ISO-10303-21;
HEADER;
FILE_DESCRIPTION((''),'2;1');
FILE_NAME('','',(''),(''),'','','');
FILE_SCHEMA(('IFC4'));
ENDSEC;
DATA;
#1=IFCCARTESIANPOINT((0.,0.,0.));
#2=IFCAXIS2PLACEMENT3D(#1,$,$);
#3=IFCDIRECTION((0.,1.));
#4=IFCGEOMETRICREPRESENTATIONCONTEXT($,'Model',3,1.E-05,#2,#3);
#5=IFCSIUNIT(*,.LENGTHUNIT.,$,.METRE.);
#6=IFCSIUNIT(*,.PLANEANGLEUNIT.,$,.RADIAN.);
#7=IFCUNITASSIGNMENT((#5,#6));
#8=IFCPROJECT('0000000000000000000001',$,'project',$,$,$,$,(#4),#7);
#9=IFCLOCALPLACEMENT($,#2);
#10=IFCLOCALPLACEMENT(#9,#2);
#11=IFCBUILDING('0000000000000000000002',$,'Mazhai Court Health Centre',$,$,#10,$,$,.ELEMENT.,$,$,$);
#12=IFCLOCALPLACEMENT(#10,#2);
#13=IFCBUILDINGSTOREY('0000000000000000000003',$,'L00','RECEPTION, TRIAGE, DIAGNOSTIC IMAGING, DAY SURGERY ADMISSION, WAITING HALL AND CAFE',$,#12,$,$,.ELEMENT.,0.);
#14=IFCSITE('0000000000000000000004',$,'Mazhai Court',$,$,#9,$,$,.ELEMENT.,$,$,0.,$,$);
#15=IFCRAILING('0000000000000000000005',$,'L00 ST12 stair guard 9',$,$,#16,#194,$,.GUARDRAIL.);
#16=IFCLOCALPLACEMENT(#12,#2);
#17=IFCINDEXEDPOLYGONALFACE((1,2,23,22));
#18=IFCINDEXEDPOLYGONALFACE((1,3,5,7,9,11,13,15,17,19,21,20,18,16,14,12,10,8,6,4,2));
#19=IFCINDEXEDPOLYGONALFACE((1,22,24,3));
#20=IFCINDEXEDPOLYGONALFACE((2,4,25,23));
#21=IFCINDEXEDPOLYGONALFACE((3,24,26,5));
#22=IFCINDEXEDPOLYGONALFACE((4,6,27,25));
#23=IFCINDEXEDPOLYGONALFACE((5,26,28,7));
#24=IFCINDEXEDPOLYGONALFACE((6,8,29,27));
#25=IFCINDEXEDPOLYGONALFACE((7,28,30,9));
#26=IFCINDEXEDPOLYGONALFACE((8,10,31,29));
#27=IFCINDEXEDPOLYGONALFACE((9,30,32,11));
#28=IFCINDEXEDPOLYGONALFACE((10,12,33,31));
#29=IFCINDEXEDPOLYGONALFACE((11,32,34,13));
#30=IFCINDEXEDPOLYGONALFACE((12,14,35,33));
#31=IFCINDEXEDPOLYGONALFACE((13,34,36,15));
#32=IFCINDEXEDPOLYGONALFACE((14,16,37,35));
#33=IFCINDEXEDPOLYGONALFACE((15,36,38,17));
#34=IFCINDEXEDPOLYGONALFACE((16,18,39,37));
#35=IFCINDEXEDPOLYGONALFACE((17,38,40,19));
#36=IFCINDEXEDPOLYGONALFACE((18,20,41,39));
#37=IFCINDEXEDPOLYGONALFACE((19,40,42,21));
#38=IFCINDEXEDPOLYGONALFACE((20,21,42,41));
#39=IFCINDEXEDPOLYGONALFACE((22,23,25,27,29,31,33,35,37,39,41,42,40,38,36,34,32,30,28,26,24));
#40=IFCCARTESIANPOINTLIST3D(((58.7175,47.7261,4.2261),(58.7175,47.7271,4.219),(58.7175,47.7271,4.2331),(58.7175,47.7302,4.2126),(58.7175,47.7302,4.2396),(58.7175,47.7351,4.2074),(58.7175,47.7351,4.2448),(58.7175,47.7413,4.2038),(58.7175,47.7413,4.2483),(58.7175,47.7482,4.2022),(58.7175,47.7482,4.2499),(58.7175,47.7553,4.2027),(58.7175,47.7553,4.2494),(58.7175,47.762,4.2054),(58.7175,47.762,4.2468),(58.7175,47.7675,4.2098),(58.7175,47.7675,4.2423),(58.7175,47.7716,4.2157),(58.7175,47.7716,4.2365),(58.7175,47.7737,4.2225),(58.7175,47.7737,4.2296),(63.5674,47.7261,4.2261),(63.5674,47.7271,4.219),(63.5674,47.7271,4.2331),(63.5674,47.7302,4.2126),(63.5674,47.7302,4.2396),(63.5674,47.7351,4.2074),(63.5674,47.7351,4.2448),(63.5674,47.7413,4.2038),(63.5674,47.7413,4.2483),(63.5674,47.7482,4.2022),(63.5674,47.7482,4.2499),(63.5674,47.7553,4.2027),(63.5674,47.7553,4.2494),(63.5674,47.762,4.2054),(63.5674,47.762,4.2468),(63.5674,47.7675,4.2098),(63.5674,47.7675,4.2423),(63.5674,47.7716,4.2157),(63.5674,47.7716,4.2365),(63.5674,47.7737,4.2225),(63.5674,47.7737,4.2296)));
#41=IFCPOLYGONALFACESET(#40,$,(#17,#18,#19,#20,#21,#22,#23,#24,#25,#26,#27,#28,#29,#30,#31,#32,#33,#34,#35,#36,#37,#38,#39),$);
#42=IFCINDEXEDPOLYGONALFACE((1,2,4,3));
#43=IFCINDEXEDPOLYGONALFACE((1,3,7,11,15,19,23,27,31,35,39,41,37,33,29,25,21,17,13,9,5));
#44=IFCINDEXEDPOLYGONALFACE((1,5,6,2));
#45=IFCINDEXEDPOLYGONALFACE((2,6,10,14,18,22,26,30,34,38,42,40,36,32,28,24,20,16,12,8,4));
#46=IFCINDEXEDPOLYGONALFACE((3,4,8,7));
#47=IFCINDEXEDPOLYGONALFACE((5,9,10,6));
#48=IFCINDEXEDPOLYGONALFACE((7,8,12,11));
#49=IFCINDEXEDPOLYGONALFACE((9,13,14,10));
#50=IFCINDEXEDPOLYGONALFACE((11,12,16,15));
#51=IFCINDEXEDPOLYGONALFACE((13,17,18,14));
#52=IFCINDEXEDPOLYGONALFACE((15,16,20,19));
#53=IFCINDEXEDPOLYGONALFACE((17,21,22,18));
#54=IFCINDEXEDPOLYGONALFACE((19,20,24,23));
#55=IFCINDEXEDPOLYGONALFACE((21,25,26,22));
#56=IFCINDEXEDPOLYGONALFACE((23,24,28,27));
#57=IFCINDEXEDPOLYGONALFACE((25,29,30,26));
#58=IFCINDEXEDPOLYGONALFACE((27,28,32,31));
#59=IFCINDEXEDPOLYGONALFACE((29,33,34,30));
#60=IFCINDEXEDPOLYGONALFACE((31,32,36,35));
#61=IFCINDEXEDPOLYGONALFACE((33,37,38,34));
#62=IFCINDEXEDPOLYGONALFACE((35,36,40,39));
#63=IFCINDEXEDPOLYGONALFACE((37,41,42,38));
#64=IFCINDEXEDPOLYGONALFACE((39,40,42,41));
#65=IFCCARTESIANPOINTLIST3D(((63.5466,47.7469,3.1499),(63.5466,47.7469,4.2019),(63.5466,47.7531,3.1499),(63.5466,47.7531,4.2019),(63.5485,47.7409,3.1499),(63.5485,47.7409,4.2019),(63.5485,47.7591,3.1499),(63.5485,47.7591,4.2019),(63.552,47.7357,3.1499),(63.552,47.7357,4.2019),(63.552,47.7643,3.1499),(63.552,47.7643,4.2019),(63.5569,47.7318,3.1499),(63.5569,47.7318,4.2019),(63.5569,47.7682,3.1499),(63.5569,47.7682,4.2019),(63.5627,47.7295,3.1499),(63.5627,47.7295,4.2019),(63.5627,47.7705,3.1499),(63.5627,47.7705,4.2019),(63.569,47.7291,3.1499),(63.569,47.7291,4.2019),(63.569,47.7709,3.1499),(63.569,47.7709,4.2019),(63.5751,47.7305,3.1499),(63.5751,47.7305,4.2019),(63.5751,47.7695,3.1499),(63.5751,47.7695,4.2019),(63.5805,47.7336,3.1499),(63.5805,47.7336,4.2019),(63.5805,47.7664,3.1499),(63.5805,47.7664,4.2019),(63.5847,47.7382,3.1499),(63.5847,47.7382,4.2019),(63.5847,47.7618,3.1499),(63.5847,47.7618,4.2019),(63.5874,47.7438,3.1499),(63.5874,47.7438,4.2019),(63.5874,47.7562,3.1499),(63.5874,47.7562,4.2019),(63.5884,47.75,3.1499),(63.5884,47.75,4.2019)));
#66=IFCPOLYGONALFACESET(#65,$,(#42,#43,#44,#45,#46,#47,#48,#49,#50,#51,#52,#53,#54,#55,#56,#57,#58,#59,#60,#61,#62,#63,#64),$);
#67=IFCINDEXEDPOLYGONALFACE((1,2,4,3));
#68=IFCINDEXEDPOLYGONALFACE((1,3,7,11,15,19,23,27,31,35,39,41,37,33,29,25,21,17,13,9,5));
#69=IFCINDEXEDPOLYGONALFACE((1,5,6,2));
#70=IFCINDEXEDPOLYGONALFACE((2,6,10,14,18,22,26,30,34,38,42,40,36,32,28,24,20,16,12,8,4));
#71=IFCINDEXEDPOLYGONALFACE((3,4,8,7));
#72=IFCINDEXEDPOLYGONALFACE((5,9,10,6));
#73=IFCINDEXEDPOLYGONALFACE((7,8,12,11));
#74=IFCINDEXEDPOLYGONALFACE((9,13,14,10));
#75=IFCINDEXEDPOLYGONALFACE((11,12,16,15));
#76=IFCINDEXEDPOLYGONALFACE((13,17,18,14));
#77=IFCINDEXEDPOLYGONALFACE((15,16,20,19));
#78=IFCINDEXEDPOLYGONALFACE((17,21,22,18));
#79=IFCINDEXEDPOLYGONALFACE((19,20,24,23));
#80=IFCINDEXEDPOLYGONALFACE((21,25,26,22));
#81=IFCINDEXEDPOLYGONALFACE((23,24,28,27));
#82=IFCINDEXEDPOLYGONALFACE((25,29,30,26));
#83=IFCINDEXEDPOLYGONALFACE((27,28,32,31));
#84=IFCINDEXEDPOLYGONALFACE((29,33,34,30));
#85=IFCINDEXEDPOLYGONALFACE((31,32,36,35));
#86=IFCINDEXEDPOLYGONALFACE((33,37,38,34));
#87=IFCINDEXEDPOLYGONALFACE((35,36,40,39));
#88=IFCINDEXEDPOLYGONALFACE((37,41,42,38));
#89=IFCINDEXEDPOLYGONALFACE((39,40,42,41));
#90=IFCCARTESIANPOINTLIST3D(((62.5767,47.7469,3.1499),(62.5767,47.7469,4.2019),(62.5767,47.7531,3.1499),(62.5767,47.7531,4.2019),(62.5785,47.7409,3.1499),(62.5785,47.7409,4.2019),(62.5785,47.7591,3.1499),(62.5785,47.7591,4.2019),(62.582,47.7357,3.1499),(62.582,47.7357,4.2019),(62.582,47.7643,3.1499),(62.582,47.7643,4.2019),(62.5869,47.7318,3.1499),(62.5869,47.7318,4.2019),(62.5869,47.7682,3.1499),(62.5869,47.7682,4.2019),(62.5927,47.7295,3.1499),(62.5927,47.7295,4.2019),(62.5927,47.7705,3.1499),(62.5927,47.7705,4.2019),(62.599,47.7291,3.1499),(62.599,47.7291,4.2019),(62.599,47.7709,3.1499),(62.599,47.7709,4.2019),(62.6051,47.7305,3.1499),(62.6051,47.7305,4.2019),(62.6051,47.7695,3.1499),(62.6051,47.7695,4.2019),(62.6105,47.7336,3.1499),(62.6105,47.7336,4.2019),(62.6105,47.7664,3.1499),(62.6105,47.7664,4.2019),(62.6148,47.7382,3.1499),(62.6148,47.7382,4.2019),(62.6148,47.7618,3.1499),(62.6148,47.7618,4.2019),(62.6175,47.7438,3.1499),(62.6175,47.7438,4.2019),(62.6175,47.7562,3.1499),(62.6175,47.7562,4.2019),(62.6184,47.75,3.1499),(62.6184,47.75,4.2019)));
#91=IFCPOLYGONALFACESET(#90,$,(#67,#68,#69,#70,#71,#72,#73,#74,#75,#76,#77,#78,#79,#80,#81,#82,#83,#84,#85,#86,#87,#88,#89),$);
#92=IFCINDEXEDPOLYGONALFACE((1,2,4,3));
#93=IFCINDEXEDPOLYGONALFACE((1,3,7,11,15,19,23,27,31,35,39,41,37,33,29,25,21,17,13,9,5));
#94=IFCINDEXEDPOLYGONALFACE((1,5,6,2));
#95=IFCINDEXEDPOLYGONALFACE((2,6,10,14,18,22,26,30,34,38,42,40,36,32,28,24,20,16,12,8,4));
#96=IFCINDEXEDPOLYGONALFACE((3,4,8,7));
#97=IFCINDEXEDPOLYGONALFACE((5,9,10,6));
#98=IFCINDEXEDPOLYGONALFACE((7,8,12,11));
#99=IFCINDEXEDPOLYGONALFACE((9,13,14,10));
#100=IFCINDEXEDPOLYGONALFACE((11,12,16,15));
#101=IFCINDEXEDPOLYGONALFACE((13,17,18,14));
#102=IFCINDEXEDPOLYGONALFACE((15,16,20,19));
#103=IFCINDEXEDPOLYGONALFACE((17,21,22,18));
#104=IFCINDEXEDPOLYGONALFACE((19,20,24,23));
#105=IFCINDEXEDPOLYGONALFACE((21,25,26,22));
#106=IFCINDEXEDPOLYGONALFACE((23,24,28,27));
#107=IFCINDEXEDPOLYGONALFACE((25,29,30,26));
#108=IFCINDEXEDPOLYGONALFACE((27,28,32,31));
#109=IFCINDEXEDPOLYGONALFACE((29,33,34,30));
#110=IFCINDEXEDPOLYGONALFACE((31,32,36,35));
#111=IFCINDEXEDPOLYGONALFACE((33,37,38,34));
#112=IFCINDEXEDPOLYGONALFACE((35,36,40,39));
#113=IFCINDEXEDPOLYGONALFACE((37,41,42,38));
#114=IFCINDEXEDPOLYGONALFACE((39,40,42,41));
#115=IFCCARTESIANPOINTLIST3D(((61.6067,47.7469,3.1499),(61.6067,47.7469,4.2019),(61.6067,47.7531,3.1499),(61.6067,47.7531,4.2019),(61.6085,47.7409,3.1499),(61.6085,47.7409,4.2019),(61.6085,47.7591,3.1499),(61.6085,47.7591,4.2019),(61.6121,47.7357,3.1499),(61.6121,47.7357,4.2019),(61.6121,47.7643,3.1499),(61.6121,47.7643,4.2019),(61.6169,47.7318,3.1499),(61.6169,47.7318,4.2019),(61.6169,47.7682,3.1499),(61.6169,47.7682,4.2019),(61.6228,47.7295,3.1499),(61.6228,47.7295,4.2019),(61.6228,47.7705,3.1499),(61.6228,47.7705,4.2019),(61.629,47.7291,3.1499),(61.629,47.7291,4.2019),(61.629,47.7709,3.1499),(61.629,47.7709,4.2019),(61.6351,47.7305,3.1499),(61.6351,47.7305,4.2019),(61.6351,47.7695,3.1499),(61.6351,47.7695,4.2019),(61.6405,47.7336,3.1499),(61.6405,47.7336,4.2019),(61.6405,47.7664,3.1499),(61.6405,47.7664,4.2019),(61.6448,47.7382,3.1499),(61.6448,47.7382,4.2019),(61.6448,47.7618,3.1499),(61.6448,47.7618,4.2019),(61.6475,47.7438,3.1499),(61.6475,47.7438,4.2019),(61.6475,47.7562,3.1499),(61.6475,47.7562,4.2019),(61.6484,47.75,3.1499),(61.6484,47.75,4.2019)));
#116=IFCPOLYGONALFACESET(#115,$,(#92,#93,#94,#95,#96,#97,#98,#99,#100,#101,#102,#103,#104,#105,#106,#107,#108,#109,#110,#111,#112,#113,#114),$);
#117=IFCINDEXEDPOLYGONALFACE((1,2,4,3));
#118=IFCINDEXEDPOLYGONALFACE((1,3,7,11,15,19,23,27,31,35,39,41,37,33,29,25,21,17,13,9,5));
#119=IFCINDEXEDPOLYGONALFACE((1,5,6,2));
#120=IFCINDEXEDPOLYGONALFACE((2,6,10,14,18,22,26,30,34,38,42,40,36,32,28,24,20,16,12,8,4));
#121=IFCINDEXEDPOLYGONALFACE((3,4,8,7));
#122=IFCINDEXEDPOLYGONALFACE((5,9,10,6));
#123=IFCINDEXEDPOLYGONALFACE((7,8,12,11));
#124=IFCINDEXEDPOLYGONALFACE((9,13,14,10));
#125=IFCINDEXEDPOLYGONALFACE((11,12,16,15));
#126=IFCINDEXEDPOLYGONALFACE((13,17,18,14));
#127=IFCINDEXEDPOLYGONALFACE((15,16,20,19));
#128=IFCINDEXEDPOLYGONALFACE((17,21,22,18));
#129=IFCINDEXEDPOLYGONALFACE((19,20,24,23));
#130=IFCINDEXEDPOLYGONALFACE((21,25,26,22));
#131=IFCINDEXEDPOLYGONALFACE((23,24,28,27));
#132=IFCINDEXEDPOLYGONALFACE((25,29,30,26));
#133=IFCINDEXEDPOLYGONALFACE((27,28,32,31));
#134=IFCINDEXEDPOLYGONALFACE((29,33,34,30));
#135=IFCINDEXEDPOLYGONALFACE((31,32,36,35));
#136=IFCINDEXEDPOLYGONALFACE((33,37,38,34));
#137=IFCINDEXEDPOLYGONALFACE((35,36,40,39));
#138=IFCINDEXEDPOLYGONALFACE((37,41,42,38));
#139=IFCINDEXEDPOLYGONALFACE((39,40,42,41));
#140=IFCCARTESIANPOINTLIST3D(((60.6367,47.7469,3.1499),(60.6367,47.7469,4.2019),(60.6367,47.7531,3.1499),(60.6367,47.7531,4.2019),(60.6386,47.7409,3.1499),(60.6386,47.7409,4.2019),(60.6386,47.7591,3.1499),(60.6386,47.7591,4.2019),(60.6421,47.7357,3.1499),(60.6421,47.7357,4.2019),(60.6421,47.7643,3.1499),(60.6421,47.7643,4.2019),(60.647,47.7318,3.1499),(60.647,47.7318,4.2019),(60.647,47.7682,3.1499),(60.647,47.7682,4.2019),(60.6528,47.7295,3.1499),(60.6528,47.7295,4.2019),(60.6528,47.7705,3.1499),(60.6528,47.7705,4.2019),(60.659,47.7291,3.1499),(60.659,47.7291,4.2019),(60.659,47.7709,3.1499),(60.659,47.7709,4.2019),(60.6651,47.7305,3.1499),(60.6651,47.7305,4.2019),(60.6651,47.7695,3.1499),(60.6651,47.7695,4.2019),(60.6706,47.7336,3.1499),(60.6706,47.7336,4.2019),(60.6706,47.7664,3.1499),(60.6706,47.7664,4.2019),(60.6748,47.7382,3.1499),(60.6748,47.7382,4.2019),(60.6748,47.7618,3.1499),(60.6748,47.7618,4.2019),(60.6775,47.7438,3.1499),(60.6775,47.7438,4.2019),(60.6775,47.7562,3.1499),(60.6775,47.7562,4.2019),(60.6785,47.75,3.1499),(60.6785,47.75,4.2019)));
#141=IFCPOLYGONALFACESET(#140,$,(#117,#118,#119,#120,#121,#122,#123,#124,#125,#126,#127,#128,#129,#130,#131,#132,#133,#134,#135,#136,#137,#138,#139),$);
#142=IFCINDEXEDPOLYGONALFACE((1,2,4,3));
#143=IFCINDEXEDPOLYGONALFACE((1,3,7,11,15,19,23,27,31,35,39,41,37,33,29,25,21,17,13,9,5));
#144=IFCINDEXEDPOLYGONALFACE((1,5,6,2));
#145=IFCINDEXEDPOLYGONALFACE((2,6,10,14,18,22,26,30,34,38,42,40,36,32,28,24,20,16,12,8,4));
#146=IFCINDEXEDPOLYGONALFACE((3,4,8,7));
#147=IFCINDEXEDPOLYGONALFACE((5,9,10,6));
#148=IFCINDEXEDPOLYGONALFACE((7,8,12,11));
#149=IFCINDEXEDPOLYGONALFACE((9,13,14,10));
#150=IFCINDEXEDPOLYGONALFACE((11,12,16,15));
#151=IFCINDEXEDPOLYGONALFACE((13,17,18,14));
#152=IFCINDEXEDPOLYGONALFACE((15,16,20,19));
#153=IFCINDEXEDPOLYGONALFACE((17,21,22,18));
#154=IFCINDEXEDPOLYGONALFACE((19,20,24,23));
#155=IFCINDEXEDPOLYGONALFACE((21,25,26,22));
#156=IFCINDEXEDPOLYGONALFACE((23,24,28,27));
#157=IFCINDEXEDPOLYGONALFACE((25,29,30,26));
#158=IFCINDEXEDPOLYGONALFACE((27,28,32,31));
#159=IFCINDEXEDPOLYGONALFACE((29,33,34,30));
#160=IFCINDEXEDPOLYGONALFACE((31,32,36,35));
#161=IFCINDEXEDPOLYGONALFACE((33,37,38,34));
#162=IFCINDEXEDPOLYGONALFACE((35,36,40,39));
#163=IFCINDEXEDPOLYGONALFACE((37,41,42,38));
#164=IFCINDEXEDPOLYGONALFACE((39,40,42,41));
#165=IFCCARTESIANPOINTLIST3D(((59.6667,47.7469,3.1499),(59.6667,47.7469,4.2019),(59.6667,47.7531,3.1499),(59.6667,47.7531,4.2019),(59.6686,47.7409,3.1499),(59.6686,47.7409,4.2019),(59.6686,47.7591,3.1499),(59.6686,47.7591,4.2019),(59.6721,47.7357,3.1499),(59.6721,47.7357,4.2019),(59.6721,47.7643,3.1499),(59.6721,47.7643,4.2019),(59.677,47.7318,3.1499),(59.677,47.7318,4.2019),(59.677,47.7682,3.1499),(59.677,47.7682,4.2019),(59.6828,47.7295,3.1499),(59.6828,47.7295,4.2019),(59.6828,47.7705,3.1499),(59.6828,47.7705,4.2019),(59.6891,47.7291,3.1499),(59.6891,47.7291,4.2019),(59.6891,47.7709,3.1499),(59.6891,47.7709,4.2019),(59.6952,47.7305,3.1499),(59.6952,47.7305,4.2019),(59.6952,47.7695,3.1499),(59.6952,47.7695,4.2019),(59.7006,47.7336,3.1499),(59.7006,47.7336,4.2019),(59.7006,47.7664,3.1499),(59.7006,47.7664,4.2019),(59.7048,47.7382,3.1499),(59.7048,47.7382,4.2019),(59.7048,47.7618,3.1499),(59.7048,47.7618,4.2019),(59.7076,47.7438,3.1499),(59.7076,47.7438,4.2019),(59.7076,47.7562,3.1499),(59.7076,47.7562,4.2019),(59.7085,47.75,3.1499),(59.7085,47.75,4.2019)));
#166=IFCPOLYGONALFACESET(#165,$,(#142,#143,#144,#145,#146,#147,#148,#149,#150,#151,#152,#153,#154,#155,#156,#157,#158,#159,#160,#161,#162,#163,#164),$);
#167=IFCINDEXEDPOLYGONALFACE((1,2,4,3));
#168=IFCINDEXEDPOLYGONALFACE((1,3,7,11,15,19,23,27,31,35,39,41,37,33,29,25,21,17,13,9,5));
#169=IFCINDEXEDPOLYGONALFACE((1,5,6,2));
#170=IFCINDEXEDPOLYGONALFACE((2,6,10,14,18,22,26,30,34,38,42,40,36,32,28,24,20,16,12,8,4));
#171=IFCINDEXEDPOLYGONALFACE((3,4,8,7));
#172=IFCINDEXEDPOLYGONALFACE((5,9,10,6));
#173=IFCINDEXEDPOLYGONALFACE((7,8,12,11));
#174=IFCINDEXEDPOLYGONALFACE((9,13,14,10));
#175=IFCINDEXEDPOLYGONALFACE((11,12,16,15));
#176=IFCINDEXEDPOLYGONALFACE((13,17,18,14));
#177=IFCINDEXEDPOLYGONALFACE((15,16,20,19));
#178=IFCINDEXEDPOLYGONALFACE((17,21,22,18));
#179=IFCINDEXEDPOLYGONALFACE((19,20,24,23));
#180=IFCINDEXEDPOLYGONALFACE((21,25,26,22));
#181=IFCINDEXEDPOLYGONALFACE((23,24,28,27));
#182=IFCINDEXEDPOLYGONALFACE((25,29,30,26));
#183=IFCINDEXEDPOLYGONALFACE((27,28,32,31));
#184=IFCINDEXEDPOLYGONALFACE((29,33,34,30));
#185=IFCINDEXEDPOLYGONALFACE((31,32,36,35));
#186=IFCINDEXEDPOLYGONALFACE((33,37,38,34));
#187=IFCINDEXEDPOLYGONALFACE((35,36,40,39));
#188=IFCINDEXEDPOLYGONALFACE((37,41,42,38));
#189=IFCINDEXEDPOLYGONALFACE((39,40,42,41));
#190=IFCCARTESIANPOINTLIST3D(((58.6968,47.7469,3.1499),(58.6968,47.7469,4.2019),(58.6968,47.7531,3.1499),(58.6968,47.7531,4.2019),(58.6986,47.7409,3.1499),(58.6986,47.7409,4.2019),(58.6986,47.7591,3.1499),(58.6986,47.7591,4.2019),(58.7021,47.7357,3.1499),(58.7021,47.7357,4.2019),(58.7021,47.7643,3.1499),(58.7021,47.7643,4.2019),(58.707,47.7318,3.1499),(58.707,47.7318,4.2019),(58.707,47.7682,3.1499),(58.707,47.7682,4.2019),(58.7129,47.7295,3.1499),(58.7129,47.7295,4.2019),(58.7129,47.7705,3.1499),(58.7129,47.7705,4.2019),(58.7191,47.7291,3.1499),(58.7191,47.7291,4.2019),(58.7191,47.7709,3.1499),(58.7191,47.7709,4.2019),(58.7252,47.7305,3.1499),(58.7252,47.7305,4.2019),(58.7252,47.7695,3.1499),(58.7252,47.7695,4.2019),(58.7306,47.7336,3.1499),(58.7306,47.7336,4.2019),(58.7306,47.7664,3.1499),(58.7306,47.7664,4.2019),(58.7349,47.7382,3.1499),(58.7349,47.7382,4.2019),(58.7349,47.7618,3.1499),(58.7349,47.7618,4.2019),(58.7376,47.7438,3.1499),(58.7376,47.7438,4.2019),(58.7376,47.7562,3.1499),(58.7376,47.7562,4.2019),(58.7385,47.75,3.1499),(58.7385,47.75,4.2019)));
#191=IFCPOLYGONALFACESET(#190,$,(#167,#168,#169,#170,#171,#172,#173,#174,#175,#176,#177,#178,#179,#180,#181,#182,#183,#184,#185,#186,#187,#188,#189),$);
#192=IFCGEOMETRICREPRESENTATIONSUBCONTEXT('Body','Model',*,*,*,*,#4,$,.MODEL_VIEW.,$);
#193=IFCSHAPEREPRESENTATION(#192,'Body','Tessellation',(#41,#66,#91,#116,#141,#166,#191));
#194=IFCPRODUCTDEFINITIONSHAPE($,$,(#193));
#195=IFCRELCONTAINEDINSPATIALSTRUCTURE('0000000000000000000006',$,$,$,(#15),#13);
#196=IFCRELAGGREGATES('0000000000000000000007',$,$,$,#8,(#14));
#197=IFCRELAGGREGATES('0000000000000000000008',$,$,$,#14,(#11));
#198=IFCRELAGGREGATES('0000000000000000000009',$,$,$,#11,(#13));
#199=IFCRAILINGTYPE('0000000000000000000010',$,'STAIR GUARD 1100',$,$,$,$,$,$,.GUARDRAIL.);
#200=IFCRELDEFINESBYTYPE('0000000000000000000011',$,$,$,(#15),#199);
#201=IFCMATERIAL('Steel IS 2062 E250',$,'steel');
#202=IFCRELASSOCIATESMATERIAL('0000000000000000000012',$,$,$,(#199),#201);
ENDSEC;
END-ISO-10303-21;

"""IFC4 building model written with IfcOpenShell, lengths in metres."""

from ifc_helpers import new_model, si_unit, direction, frame, origin, origin_2d, place, context, subcontext, project, spatial, circle, extrude, material, type_object, element, save


model = new_model("IFC4")

# Units and contexts
model_context = context("Model", 3, precision=1e-05, world=origin(), true_north=direction((0.0, 1.0)))
body_context = subcontext(model_context, "Body", "Model", "MODEL_VIEW")
ifc_project = project(units=[si_unit("LENGTHUNIT", "METRE"), si_unit("PLANEANGLEUNIT", "RADIAN")], contexts=[model_context])

# Site, building, storey
site_placement = place(None, origin())
site = spatial("IfcSite", under=ifc_project, at=site_placement, Name="Mazhai Court", CompositionType="ELEMENT", RefElevation=0.0)
building_placement = place(site_placement, origin())
building = spatial("IfcBuilding", under=site, at=building_placement, Name="Mazhai Court Health Centre", CompositionType="ELEMENT")
storey_placement = place(building_placement, origin())
storey = spatial("IfcBuildingStorey", under=building, at=storey_placement, Name="L00", Description="RECEPTION, TRIAGE, DIAGNOSTIC IMAGING, DAY SURGERY ADMISSION, WAITING HALL AND CAFE", CompositionType="ELEMENT", Elevation=0.0)

# Railing
ifc_material_1 = material(Name="Steel IS 2062 E250", Category="steel")
railing_type_1 = type_object("IfcRailingType", Name="STAIR GUARD 1100", PredefinedType="GUARDRAIL", material=ifc_material_1)
railing_1_placement = place(storey_placement, frame((63.5674, 47.75, 3.1499)))
element("IfcRailing", 1, at=railing_1_placement, inside=storey, type_object=railing_type_1, Name="L00 ST12 stair guard 9", PredefinedType="GUARDRAIL", context=body_context, shape_type="SweptSolid", body=[
    extrude(circle(Radius=0.0239, at=origin_2d()), frame((0.0, 0.0, 1.0762), z_axis=(-1.0, 0.0, 0.0), x_axis=(0.0, -1.0, 0.0)), (0.0, 0.0, 1.0), 4.8499),
    extrude(circle(Radius=0.021, at=origin_2d()), origin(), (0.0, 0.0, 1.0), 1.052),
    extrude(circle(Radius=0.021, at=origin_2d()), frame((-0.97, 0.0, 0.0)), (0.0, 0.0, 1.0), 1.052),
    extrude(circle(Radius=0.021, at=origin_2d()), frame((-1.9399, 0.0, 0.0)), (0.0, 0.0, 1.0), 1.052),
    extrude(circle(Radius=0.021, at=origin_2d()), frame((-2.9099, 0.0, 0.0)), (0.0, 0.0, 1.0), 1.052),
    extrude(circle(Radius=0.021, at=origin_2d()), frame((-3.8799, 0.0, 0.0)), (0.0, 0.0, 1.0), 1.052),
    extrude(circle(Radius=0.021, at=origin_2d()), frame((-4.8499, 0.0, 0.0)), (0.0, 0.0, 1.0), 1.052),
])

save(model, "model.ifc")
